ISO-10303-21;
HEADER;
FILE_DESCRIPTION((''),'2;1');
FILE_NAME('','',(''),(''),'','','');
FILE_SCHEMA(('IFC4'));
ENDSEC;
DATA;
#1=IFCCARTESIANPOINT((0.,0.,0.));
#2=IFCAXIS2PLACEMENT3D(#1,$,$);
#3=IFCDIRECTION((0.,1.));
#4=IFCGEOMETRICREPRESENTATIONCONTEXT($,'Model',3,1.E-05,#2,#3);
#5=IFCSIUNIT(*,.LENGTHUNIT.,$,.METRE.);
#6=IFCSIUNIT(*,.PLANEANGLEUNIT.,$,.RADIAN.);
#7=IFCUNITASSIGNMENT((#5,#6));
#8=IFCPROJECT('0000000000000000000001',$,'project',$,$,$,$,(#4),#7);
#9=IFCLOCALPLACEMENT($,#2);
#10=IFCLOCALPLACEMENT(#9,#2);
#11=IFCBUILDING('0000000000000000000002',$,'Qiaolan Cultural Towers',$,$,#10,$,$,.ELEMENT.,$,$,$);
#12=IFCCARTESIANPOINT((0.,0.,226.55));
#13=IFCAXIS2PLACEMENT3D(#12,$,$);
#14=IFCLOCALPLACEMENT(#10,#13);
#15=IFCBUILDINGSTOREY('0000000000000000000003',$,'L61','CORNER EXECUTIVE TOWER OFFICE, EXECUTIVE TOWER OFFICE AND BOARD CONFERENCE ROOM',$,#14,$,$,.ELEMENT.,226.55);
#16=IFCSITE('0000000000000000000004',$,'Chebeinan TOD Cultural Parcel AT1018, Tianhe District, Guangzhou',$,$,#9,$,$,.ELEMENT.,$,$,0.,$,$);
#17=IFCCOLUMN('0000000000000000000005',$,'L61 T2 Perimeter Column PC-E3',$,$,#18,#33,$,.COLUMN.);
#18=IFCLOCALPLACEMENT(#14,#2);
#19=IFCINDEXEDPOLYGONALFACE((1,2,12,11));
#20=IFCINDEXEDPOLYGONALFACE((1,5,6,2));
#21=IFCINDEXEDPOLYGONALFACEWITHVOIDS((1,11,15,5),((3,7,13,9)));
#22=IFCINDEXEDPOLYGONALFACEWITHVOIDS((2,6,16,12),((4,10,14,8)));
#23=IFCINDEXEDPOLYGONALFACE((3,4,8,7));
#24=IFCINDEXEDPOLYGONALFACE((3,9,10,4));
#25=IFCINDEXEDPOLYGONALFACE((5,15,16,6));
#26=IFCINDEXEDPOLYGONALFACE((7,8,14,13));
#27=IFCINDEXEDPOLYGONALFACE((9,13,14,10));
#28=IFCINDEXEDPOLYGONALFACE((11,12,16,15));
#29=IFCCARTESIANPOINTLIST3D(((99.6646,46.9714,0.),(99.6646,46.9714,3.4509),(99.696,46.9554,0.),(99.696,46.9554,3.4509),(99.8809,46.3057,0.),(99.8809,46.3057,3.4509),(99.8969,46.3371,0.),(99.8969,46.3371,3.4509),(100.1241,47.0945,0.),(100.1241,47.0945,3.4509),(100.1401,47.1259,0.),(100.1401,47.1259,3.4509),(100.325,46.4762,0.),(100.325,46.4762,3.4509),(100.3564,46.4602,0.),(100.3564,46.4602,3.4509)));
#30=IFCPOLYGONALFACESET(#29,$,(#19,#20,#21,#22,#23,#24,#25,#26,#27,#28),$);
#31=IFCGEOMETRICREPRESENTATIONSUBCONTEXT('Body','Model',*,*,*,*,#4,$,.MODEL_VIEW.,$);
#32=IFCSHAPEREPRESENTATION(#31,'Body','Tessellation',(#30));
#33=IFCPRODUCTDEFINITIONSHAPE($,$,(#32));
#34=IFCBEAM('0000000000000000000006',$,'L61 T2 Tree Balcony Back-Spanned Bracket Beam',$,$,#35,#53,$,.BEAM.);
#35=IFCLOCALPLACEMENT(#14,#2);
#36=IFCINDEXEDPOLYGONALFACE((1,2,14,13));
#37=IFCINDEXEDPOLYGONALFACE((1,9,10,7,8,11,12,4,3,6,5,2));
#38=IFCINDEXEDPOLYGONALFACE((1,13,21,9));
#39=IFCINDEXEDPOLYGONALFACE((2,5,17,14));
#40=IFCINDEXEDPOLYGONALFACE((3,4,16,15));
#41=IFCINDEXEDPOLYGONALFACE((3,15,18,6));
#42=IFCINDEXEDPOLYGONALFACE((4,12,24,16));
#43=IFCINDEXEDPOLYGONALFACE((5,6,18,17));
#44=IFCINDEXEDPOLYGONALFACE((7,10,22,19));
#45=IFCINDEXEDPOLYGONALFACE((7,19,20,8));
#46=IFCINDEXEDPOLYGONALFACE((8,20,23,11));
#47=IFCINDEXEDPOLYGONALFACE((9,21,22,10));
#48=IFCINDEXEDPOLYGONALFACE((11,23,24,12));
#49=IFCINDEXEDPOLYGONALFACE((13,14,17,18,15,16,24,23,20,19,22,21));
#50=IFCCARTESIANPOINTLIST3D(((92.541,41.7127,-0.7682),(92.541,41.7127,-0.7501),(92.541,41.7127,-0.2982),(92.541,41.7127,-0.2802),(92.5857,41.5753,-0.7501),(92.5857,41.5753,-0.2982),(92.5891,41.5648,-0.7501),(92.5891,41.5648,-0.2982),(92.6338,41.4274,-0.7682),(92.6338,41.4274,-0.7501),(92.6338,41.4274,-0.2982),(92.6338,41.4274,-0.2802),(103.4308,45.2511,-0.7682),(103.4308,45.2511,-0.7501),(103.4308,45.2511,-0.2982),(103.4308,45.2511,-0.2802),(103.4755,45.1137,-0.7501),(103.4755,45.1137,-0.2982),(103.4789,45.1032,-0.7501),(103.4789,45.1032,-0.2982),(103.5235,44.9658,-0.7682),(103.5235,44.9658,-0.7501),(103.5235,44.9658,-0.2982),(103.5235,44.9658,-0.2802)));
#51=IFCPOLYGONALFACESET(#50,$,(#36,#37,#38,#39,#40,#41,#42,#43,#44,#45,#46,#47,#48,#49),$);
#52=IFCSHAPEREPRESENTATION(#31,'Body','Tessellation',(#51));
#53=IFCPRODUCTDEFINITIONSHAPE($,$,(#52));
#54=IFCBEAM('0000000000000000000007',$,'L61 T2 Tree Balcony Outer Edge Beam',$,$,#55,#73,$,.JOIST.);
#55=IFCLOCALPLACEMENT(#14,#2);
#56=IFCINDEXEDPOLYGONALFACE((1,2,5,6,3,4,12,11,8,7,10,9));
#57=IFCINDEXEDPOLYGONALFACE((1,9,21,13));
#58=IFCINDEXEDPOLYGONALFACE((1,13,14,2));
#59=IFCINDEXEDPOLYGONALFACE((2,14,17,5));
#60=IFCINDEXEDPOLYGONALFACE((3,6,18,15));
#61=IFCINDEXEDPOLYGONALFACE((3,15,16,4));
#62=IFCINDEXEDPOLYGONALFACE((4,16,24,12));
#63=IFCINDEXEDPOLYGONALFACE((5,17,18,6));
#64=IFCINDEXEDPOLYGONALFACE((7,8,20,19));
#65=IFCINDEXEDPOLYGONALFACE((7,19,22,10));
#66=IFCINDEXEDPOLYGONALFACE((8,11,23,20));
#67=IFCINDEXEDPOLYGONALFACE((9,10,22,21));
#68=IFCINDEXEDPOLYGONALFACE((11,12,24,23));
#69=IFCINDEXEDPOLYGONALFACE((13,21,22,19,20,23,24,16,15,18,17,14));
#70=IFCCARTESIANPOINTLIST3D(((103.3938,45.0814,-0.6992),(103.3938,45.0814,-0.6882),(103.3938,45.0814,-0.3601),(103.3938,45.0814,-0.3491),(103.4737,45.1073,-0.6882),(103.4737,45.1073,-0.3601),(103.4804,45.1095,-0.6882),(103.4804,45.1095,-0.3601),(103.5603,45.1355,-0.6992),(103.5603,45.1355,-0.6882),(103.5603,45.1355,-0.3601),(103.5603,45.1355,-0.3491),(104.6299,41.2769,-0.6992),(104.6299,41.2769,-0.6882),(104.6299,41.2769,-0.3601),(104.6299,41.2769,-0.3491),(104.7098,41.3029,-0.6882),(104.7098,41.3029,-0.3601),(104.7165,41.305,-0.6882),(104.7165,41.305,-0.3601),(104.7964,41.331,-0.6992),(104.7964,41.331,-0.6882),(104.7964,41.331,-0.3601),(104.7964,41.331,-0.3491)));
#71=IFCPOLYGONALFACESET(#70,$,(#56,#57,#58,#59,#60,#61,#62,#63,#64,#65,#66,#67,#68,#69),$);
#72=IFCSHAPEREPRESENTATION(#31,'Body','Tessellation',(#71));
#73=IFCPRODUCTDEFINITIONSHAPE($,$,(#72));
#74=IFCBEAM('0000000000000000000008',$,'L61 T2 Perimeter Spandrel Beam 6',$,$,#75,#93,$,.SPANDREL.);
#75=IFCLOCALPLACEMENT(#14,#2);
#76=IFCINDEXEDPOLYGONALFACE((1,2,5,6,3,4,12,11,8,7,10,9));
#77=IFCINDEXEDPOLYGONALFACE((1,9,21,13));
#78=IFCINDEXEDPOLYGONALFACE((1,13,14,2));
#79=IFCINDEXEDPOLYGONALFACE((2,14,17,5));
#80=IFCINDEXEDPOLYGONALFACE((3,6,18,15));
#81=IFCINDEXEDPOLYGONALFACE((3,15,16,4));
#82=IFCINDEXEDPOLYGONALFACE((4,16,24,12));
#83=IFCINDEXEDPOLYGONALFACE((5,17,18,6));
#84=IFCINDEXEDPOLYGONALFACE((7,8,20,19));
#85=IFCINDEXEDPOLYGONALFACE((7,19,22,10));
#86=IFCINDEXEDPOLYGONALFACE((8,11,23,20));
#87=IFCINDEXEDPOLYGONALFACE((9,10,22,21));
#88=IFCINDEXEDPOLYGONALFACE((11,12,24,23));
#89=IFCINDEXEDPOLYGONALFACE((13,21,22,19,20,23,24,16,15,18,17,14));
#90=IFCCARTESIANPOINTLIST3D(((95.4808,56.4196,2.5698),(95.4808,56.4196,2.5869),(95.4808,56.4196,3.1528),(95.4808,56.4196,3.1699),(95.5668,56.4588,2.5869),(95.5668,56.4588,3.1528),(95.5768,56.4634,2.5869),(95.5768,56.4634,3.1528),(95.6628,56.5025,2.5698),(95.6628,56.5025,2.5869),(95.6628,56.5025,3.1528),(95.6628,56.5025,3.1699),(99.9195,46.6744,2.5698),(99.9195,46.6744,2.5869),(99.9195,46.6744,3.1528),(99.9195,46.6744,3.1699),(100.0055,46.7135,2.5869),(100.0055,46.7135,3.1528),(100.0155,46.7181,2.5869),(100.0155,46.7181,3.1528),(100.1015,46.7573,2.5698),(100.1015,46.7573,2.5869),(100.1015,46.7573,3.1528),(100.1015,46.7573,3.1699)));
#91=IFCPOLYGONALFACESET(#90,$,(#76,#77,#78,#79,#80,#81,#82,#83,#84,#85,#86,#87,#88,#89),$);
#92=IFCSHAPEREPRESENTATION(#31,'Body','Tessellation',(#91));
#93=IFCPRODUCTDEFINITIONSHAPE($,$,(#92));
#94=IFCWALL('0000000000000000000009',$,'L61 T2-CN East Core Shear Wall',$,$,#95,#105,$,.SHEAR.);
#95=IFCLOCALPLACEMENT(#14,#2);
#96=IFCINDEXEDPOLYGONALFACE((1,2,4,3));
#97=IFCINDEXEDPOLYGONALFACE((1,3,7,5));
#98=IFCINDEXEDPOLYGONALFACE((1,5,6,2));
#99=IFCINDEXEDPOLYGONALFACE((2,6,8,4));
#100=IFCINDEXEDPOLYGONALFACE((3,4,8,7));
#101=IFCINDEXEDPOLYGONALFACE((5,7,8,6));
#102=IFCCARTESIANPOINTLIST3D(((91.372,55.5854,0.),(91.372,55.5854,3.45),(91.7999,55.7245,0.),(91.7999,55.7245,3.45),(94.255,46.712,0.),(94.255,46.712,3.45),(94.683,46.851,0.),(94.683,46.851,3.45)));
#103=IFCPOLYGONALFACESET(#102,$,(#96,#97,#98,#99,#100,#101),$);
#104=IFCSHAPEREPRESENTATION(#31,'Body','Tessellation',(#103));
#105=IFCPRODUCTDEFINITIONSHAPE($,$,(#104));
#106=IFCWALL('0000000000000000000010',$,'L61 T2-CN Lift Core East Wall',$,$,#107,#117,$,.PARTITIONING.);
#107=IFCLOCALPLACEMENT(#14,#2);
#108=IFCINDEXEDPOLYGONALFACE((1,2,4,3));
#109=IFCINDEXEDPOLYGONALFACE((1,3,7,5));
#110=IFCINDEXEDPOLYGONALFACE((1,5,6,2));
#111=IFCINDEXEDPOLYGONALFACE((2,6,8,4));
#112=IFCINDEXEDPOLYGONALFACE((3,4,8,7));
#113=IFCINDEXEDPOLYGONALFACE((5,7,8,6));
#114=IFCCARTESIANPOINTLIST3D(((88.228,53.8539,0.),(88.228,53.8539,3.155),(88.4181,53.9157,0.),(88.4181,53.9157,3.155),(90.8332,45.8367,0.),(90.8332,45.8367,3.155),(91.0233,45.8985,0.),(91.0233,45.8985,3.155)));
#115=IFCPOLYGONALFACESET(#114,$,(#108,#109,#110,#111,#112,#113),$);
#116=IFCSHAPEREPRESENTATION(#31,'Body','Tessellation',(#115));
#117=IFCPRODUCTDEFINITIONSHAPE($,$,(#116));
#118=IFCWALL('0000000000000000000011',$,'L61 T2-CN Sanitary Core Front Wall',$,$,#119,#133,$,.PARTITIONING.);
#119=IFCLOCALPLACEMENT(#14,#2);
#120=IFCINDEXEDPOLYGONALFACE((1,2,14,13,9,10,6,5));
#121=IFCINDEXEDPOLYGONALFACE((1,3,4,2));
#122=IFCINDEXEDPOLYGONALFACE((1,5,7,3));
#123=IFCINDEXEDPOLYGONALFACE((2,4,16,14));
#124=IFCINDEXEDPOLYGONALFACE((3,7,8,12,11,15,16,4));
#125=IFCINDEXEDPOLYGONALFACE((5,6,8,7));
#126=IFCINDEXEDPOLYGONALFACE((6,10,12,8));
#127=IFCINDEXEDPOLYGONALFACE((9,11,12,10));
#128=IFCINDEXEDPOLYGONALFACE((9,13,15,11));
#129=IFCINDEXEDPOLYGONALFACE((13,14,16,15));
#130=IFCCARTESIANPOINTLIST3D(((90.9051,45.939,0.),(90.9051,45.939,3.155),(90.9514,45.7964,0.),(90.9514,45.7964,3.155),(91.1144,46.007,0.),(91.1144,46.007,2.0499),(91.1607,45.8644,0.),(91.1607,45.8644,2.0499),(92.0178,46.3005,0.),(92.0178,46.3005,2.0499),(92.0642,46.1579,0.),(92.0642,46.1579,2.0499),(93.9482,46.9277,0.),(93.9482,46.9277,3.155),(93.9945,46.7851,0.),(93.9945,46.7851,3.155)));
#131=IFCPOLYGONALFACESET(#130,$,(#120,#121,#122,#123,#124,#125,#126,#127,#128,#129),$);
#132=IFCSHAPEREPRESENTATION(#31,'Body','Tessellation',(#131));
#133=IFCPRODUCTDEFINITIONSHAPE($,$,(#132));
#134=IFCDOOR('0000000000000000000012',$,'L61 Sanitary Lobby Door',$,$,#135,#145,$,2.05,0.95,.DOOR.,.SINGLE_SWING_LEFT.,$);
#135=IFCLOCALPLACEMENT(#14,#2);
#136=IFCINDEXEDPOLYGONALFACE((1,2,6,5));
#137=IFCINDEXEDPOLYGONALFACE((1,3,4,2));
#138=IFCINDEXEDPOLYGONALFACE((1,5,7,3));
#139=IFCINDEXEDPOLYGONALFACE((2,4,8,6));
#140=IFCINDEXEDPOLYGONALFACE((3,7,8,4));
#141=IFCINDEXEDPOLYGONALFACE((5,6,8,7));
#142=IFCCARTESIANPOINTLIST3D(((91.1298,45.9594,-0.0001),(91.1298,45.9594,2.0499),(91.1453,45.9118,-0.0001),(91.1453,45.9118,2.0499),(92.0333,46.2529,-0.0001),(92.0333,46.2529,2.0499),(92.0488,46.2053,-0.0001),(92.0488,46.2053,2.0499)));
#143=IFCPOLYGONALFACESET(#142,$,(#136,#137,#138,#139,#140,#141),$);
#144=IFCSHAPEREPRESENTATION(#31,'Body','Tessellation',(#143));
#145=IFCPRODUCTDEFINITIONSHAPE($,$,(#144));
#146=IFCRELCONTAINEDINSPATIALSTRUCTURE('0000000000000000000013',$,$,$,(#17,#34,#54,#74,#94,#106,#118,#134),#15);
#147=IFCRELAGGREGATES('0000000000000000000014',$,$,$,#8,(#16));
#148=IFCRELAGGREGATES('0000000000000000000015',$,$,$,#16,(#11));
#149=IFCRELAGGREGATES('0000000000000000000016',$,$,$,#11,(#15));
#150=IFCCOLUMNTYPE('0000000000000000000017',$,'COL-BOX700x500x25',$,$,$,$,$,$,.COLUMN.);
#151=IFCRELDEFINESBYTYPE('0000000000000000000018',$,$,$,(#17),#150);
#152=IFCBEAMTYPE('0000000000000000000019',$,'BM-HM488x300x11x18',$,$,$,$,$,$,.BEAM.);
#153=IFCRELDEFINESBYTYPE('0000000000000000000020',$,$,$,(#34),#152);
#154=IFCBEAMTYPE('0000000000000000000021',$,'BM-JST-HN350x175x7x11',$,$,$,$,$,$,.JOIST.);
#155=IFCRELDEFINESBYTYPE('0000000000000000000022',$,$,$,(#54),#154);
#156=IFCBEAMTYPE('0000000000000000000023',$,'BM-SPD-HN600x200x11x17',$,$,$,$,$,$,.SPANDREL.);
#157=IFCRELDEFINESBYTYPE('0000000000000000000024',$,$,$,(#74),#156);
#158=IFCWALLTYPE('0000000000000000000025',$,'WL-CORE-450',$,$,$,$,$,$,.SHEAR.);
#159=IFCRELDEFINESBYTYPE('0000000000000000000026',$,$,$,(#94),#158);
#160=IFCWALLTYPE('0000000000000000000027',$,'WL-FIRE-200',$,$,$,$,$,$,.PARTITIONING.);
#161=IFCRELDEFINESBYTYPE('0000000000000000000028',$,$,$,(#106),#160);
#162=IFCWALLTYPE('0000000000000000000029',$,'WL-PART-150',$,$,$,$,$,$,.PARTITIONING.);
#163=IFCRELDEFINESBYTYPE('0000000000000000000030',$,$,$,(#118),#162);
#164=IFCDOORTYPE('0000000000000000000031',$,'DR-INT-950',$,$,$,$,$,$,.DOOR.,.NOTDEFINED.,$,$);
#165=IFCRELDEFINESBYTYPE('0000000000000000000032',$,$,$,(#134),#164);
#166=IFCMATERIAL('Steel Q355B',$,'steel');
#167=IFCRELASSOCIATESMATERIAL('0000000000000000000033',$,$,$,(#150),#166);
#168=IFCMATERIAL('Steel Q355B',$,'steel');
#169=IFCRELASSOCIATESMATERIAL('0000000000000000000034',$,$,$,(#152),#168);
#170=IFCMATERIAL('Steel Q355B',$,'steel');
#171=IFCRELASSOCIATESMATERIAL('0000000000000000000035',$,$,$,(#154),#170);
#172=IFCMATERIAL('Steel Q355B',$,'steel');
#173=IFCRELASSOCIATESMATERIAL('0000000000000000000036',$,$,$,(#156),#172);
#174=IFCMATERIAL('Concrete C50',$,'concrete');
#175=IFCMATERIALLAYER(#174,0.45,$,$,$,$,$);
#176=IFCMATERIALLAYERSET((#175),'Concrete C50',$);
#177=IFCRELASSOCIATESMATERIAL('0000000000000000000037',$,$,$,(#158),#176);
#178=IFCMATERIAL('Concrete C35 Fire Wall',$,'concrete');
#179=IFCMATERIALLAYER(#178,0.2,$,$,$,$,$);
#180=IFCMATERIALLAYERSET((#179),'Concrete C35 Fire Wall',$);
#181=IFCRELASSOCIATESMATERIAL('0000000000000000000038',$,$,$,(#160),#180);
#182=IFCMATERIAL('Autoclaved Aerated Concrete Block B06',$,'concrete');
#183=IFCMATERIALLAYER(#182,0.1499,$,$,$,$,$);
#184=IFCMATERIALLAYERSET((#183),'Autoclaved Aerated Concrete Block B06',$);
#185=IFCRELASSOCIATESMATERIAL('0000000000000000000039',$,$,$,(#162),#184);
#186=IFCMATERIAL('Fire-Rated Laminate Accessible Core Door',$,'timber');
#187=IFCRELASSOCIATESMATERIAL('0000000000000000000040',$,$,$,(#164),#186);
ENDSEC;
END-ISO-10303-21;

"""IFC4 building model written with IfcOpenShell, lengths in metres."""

from ifc_helpers import new_model, si_unit, direction, frame, frame_2d, origin, origin_2d, place, context, subcontext, project, spatial, rectangle, hollow_rectangle, i_section, extrude, material, layer, layer_set, material_profile, profile_set, type_object, element, fill, save


model = new_model("IFC4")

# Units and contexts
model_context = context("Model", 3, precision=1e-05, world=origin(), true_north=direction((0.0, 1.0)))
body_context = subcontext(model_context, "Body", "Model", "MODEL_VIEW")
ifc_project = project(units=[si_unit("LENGTHUNIT", "METRE"), si_unit("PLANEANGLEUNIT", "RADIAN")], contexts=[model_context])

# Site, building, storey
site_placement = place(None, origin())
site = spatial("IfcSite", under=ifc_project, at=site_placement, Name="Chebeinan TOD Cultural Parcel AT1018, Tianhe District, Guangzhou", CompositionType="ELEMENT", RefElevation=0.0)
building_placement = place(site_placement, origin())
building = spatial("IfcBuilding", under=site, at=building_placement, Name="Qiaolan Cultural Towers", CompositionType="ELEMENT")
storey_placement = place(building_placement, frame((0.0, 0.0, 226.55)))
storey = spatial("IfcBuildingStorey", under=building, at=storey_placement, Name="L61", Description="CORNER EXECUTIVE TOWER OFFICE, EXECUTIVE TOWER OFFICE AND BOARD CONFERENCE ROOM", CompositionType="ELEMENT", Elevation=226.55)

# Column
ifc_material_1 = material(Name="Steel Q355B", Category="steel")
ifc_material_profile_1 = material_profile(ifc_material_1, hollow_rectangle(XDim=0.5, YDim=0.7, WallThickness=0.0249, at=origin_2d()), Name="BOX700x500x25")
ifc_profile_set_1 = profile_set([ifc_material_profile_1], Name="Steel Q355B")
column_type = type_object("IfcColumnType", Name="COL-BOX700x500x25", PredefinedType="COLUMN", material=ifc_profile_set_1)
column_placement = place(storey_placement, frame((100.0105, 46.7158, 0.0), z_axis=(0.0, 0.0, 1.0), x_axis=(0.951057, 0.309017, 0.0)))
element("IfcColumn", 1, at=column_placement, inside=storey, type_object=column_type, Name="L61 T2 Perimeter Column PC-E3", PredefinedType="COLUMN", context=body_context, shape_type="SweptSolid", body=[
    extrude(hollow_rectangle(XDim=0.5, YDim=0.7, WallThickness=0.0249, at=origin_2d()), origin(), (0.0, 0.0, 1.0), 3.4509),
])

# Beams
ifc_material_2 = material(Name="Steel Q355B", Category="steel")
ifc_material_profile_2 = material_profile(ifc_material_2, i_section(OverallWidth=0.3, OverallDepth=0.488, WebThickness=0.011, FlangeThickness=0.0181, at=origin_2d()), Name="HM488x300x11x18")
ifc_profile_set_2 = profile_set([ifc_material_profile_2], Name="Steel Q355B")
beam_type_1 = type_object("IfcBeamType", Name="BM-HM488x300x11x18", PredefinedType="BEAM", material=ifc_profile_set_2)
beam_1_placement = place(storey_placement, frame((92.5874, 41.5701, -0.5242), z_axis=(0.951055, 0.309022, 0.0), x_axis=(-0.309022, 0.951055, 0.0)))
element("IfcBeam", 2, at=beam_1_placement, inside=storey, type_object=beam_type_1, Name="L61 T2 Tree Balcony Back-Spanned Bracket Beam", PredefinedType="BEAM", context=body_context, shape_type="SweptSolid", body=[
    extrude(i_section(OverallWidth=0.3, OverallDepth=0.488, WebThickness=0.011, FlangeThickness=0.0181, at=origin_2d()), origin(), (0.0, 0.0, 1.0), 11.4502),
])
ifc_material_3 = material(Name="Steel Q355B", Category="steel")
ifc_material_profile_3 = material_profile(ifc_material_3, i_section(OverallWidth=0.175, OverallDepth=0.3501, WebThickness=0.0071, FlangeThickness=0.011, at=origin_2d()), Name="HN350x175x7x11")
ifc_profile_set_3 = profile_set([ifc_material_profile_3], Name="Steel Q355B")
beam_type_2 = type_object("IfcBeamType", Name="BM-JST-HN350x175x7x11", PredefinedType="JOIST", material=ifc_profile_set_3)
beam_2_placement = place(storey_placement, frame((104.7131, 41.304, -0.5242), z_axis=(-0.309005, 0.951061, 0.0), x_axis=(-0.951061, -0.309005, 0.0)))
element("IfcBeam", 3, at=beam_2_placement, inside=storey, type_object=beam_type_2, Name="L61 T2 Tree Balcony Outer Edge Beam", PredefinedType="JOIST", context=body_context, shape_type="SweptSolid", body=[
    extrude(i_section(OverallWidth=0.175, OverallDepth=0.3501, WebThickness=0.0071, FlangeThickness=0.011, at=origin_2d()), origin(), (0.0, 0.0, 1.0), 4.0002),
])
ifc_material_4 = material(Name="Steel Q355B", Category="steel")
ifc_material_profile_4 = material_profile(ifc_material_4, i_section(OverallWidth=0.2, OverallDepth=0.6001, WebThickness=0.011, FlangeThickness=0.0171, at=origin_2d()), Name="HN600x200x11x17")
ifc_profile_set_4 = profile_set([ifc_material_profile_4], Name="Steel Q355B")
beam_type_3 = type_object("IfcBeamType", Name="BM-SPD-HN600x200x11x17", PredefinedType="SPANDREL", material=ifc_profile_set_4)
beam_3_placement = place(storey_placement, frame((100.0105, 46.7158, 2.8699), z_axis=(-0.4145, 0.910049, 0.0), x_axis=(-0.910049, -0.4145, 0.0)))
element("IfcBeam", 4, at=beam_3_placement, inside=storey, type_object=beam_type_3, Name="L61 T2 Perimeter Spandrel Beam 6", PredefinedType="SPANDREL", context=body_context, shape_type="SweptSolid", body=[
    extrude(i_section(OverallWidth=0.2, OverallDepth=0.6001, WebThickness=0.011, FlangeThickness=0.0171, at=origin_2d()), origin(), (0.0, 0.0, 1.0), 10.7085),
])

# Walls
ifc_material_5 = material(Name="Concrete C50", Category="concrete")
ifc_layer_1 = layer(ifc_material_5, 0.45)
ifc_layer_set_1 = layer_set([ifc_layer_1], Name="Concrete C50")
wall_type_1 = type_object("IfcWallType", Name="WL-CORE-450", PredefinedType="SHEAR", material=ifc_layer_set_1)
wall_1_placement = place(storey_placement, frame((94.469, 46.7815, 0.0), z_axis=(0.0, 0.0, 1.0), x_axis=(-0.309004, 0.951061, 0.0)))
element("IfcWall", 5, at=wall_1_placement, inside=storey, type_object=wall_type_1, Name="L61 T2-CN East Core Shear Wall", PredefinedType="SHEAR", context=body_context, shape_type="SweptSolid", body=[
    extrude(rectangle(XDim=9.3301, YDim=0.45, at=frame_2d((4.665, 0.0))), origin(), (0.0, 0.0, 1.0), 3.45),
])
ifc_material_6 = material(Name="Concrete C35 Fire Wall", Category="concrete")
ifc_layer_2 = layer(ifc_material_6, 0.2)
ifc_layer_set_2 = layer_set([ifc_layer_2], Name="Concrete C35 Fire Wall")
wall_type_2 = type_object("IfcWallType", Name="WL-FIRE-200", PredefinedType="PARTITIONING", material=ifc_layer_set_2)
wall_2_placement = place(storey_placement, frame((90.9282, 45.8677, 0.0), z_axis=(0.0, 0.0, 1.0), x_axis=(-0.309042, 0.951048, 0.0)))
element("IfcWall", 6, at=wall_2_placement, inside=storey, type_object=wall_type_2, Name="L61 T2-CN Lift Core East Wall", PredefinedType="PARTITIONING", context=body_context, shape_type="SweptSolid", body=[
    extrude(rectangle(XDim=8.4299, YDim=0.2, at=frame_2d((4.2148, 0.0))), origin(), (0.0, 0.0, 1.0), 3.155),
])

# Wall, opening, door
ifc_material_7 = material(Name="Autoclaved Aerated Concrete Block B06", Category="concrete")
ifc_layer_3 = layer(ifc_material_7, 0.1499)
ifc_layer_set_3 = layer_set([ifc_layer_3], Name="Autoclaved Aerated Concrete Block B06")
wall_type_3 = type_object("IfcWallType", Name="WL-PART-150", PredefinedType="PARTITIONING", material=ifc_layer_set_3)
wall_3_placement = place(storey_placement, frame((90.9282, 45.8677, 0.0), z_axis=(0.0, 0.0, 1.0), x_axis=(0.951059, 0.309008, 0.0)))
wall_3 = element("IfcWall", 7, at=wall_3_placement, inside=storey, type_object=wall_type_3, Name="L61 T2-CN Sanitary Core Front Wall", PredefinedType="PARTITIONING", context=body_context, shape_type="SweptSolid", body=[
    extrude(rectangle(XDim=3.1997, YDim=0.1499, at=frame_2d((1.5999, 0.0))), origin(), (0.0, 0.0, 1.0), 3.155),
])
opening_1_placement = place(wall_3_placement, frame((0.22, 0.0, 0.0)))
opening_1 = element("IfcOpeningElement", 8, at=opening_1_placement, cuts=wall_3, PredefinedType="OPENING", context=body_context, shape_type="SweptSolid", body=[
    extrude(rectangle(XDim=0.95, YDim=2.05, at=frame_2d((0.4751, 1.0249))), frame((0.0, 0.085, 0.0), z_axis=(0.0, -1.0, 0.0), x_axis=(1.0, 0.0, 0.0)), (0.0, 0.0, 1.0), 0.1699),
])
ifc_material_8 = material(Name="Fire-Rated Laminate Accessible Core Door", Category="timber")
door_type_1 = type_object("IfcDoorType", Name="DR-INT-950", OperationType="NOTDEFINED", PredefinedType="DOOR", material=ifc_material_8)
door_1_placement = place(opening_1_placement, origin())
door_1 = element("IfcDoor", 9, at=door_1_placement, inside=storey, type_object=door_type_1, Name="L61 Sanitary Lobby Door", OperationType="SINGLE_SWING_LEFT", OverallHeight=2.05, OverallWidth=0.95, PredefinedType="DOOR", context=body_context, shape_type="SweptSolid", body=[
    extrude(rectangle(XDim=0.95, YDim=2.05, at=frame_2d((0.4751, 1.0249))), frame((0.0, 0.0249, 0.0), z_axis=(0.0, -1.0, 0.0), x_axis=(1.0, 0.0, 0.0)), (0.0, 0.0, 1.0), 0.05),
])
fill(opening_1, door_1)

save(model, "model.ifc")
